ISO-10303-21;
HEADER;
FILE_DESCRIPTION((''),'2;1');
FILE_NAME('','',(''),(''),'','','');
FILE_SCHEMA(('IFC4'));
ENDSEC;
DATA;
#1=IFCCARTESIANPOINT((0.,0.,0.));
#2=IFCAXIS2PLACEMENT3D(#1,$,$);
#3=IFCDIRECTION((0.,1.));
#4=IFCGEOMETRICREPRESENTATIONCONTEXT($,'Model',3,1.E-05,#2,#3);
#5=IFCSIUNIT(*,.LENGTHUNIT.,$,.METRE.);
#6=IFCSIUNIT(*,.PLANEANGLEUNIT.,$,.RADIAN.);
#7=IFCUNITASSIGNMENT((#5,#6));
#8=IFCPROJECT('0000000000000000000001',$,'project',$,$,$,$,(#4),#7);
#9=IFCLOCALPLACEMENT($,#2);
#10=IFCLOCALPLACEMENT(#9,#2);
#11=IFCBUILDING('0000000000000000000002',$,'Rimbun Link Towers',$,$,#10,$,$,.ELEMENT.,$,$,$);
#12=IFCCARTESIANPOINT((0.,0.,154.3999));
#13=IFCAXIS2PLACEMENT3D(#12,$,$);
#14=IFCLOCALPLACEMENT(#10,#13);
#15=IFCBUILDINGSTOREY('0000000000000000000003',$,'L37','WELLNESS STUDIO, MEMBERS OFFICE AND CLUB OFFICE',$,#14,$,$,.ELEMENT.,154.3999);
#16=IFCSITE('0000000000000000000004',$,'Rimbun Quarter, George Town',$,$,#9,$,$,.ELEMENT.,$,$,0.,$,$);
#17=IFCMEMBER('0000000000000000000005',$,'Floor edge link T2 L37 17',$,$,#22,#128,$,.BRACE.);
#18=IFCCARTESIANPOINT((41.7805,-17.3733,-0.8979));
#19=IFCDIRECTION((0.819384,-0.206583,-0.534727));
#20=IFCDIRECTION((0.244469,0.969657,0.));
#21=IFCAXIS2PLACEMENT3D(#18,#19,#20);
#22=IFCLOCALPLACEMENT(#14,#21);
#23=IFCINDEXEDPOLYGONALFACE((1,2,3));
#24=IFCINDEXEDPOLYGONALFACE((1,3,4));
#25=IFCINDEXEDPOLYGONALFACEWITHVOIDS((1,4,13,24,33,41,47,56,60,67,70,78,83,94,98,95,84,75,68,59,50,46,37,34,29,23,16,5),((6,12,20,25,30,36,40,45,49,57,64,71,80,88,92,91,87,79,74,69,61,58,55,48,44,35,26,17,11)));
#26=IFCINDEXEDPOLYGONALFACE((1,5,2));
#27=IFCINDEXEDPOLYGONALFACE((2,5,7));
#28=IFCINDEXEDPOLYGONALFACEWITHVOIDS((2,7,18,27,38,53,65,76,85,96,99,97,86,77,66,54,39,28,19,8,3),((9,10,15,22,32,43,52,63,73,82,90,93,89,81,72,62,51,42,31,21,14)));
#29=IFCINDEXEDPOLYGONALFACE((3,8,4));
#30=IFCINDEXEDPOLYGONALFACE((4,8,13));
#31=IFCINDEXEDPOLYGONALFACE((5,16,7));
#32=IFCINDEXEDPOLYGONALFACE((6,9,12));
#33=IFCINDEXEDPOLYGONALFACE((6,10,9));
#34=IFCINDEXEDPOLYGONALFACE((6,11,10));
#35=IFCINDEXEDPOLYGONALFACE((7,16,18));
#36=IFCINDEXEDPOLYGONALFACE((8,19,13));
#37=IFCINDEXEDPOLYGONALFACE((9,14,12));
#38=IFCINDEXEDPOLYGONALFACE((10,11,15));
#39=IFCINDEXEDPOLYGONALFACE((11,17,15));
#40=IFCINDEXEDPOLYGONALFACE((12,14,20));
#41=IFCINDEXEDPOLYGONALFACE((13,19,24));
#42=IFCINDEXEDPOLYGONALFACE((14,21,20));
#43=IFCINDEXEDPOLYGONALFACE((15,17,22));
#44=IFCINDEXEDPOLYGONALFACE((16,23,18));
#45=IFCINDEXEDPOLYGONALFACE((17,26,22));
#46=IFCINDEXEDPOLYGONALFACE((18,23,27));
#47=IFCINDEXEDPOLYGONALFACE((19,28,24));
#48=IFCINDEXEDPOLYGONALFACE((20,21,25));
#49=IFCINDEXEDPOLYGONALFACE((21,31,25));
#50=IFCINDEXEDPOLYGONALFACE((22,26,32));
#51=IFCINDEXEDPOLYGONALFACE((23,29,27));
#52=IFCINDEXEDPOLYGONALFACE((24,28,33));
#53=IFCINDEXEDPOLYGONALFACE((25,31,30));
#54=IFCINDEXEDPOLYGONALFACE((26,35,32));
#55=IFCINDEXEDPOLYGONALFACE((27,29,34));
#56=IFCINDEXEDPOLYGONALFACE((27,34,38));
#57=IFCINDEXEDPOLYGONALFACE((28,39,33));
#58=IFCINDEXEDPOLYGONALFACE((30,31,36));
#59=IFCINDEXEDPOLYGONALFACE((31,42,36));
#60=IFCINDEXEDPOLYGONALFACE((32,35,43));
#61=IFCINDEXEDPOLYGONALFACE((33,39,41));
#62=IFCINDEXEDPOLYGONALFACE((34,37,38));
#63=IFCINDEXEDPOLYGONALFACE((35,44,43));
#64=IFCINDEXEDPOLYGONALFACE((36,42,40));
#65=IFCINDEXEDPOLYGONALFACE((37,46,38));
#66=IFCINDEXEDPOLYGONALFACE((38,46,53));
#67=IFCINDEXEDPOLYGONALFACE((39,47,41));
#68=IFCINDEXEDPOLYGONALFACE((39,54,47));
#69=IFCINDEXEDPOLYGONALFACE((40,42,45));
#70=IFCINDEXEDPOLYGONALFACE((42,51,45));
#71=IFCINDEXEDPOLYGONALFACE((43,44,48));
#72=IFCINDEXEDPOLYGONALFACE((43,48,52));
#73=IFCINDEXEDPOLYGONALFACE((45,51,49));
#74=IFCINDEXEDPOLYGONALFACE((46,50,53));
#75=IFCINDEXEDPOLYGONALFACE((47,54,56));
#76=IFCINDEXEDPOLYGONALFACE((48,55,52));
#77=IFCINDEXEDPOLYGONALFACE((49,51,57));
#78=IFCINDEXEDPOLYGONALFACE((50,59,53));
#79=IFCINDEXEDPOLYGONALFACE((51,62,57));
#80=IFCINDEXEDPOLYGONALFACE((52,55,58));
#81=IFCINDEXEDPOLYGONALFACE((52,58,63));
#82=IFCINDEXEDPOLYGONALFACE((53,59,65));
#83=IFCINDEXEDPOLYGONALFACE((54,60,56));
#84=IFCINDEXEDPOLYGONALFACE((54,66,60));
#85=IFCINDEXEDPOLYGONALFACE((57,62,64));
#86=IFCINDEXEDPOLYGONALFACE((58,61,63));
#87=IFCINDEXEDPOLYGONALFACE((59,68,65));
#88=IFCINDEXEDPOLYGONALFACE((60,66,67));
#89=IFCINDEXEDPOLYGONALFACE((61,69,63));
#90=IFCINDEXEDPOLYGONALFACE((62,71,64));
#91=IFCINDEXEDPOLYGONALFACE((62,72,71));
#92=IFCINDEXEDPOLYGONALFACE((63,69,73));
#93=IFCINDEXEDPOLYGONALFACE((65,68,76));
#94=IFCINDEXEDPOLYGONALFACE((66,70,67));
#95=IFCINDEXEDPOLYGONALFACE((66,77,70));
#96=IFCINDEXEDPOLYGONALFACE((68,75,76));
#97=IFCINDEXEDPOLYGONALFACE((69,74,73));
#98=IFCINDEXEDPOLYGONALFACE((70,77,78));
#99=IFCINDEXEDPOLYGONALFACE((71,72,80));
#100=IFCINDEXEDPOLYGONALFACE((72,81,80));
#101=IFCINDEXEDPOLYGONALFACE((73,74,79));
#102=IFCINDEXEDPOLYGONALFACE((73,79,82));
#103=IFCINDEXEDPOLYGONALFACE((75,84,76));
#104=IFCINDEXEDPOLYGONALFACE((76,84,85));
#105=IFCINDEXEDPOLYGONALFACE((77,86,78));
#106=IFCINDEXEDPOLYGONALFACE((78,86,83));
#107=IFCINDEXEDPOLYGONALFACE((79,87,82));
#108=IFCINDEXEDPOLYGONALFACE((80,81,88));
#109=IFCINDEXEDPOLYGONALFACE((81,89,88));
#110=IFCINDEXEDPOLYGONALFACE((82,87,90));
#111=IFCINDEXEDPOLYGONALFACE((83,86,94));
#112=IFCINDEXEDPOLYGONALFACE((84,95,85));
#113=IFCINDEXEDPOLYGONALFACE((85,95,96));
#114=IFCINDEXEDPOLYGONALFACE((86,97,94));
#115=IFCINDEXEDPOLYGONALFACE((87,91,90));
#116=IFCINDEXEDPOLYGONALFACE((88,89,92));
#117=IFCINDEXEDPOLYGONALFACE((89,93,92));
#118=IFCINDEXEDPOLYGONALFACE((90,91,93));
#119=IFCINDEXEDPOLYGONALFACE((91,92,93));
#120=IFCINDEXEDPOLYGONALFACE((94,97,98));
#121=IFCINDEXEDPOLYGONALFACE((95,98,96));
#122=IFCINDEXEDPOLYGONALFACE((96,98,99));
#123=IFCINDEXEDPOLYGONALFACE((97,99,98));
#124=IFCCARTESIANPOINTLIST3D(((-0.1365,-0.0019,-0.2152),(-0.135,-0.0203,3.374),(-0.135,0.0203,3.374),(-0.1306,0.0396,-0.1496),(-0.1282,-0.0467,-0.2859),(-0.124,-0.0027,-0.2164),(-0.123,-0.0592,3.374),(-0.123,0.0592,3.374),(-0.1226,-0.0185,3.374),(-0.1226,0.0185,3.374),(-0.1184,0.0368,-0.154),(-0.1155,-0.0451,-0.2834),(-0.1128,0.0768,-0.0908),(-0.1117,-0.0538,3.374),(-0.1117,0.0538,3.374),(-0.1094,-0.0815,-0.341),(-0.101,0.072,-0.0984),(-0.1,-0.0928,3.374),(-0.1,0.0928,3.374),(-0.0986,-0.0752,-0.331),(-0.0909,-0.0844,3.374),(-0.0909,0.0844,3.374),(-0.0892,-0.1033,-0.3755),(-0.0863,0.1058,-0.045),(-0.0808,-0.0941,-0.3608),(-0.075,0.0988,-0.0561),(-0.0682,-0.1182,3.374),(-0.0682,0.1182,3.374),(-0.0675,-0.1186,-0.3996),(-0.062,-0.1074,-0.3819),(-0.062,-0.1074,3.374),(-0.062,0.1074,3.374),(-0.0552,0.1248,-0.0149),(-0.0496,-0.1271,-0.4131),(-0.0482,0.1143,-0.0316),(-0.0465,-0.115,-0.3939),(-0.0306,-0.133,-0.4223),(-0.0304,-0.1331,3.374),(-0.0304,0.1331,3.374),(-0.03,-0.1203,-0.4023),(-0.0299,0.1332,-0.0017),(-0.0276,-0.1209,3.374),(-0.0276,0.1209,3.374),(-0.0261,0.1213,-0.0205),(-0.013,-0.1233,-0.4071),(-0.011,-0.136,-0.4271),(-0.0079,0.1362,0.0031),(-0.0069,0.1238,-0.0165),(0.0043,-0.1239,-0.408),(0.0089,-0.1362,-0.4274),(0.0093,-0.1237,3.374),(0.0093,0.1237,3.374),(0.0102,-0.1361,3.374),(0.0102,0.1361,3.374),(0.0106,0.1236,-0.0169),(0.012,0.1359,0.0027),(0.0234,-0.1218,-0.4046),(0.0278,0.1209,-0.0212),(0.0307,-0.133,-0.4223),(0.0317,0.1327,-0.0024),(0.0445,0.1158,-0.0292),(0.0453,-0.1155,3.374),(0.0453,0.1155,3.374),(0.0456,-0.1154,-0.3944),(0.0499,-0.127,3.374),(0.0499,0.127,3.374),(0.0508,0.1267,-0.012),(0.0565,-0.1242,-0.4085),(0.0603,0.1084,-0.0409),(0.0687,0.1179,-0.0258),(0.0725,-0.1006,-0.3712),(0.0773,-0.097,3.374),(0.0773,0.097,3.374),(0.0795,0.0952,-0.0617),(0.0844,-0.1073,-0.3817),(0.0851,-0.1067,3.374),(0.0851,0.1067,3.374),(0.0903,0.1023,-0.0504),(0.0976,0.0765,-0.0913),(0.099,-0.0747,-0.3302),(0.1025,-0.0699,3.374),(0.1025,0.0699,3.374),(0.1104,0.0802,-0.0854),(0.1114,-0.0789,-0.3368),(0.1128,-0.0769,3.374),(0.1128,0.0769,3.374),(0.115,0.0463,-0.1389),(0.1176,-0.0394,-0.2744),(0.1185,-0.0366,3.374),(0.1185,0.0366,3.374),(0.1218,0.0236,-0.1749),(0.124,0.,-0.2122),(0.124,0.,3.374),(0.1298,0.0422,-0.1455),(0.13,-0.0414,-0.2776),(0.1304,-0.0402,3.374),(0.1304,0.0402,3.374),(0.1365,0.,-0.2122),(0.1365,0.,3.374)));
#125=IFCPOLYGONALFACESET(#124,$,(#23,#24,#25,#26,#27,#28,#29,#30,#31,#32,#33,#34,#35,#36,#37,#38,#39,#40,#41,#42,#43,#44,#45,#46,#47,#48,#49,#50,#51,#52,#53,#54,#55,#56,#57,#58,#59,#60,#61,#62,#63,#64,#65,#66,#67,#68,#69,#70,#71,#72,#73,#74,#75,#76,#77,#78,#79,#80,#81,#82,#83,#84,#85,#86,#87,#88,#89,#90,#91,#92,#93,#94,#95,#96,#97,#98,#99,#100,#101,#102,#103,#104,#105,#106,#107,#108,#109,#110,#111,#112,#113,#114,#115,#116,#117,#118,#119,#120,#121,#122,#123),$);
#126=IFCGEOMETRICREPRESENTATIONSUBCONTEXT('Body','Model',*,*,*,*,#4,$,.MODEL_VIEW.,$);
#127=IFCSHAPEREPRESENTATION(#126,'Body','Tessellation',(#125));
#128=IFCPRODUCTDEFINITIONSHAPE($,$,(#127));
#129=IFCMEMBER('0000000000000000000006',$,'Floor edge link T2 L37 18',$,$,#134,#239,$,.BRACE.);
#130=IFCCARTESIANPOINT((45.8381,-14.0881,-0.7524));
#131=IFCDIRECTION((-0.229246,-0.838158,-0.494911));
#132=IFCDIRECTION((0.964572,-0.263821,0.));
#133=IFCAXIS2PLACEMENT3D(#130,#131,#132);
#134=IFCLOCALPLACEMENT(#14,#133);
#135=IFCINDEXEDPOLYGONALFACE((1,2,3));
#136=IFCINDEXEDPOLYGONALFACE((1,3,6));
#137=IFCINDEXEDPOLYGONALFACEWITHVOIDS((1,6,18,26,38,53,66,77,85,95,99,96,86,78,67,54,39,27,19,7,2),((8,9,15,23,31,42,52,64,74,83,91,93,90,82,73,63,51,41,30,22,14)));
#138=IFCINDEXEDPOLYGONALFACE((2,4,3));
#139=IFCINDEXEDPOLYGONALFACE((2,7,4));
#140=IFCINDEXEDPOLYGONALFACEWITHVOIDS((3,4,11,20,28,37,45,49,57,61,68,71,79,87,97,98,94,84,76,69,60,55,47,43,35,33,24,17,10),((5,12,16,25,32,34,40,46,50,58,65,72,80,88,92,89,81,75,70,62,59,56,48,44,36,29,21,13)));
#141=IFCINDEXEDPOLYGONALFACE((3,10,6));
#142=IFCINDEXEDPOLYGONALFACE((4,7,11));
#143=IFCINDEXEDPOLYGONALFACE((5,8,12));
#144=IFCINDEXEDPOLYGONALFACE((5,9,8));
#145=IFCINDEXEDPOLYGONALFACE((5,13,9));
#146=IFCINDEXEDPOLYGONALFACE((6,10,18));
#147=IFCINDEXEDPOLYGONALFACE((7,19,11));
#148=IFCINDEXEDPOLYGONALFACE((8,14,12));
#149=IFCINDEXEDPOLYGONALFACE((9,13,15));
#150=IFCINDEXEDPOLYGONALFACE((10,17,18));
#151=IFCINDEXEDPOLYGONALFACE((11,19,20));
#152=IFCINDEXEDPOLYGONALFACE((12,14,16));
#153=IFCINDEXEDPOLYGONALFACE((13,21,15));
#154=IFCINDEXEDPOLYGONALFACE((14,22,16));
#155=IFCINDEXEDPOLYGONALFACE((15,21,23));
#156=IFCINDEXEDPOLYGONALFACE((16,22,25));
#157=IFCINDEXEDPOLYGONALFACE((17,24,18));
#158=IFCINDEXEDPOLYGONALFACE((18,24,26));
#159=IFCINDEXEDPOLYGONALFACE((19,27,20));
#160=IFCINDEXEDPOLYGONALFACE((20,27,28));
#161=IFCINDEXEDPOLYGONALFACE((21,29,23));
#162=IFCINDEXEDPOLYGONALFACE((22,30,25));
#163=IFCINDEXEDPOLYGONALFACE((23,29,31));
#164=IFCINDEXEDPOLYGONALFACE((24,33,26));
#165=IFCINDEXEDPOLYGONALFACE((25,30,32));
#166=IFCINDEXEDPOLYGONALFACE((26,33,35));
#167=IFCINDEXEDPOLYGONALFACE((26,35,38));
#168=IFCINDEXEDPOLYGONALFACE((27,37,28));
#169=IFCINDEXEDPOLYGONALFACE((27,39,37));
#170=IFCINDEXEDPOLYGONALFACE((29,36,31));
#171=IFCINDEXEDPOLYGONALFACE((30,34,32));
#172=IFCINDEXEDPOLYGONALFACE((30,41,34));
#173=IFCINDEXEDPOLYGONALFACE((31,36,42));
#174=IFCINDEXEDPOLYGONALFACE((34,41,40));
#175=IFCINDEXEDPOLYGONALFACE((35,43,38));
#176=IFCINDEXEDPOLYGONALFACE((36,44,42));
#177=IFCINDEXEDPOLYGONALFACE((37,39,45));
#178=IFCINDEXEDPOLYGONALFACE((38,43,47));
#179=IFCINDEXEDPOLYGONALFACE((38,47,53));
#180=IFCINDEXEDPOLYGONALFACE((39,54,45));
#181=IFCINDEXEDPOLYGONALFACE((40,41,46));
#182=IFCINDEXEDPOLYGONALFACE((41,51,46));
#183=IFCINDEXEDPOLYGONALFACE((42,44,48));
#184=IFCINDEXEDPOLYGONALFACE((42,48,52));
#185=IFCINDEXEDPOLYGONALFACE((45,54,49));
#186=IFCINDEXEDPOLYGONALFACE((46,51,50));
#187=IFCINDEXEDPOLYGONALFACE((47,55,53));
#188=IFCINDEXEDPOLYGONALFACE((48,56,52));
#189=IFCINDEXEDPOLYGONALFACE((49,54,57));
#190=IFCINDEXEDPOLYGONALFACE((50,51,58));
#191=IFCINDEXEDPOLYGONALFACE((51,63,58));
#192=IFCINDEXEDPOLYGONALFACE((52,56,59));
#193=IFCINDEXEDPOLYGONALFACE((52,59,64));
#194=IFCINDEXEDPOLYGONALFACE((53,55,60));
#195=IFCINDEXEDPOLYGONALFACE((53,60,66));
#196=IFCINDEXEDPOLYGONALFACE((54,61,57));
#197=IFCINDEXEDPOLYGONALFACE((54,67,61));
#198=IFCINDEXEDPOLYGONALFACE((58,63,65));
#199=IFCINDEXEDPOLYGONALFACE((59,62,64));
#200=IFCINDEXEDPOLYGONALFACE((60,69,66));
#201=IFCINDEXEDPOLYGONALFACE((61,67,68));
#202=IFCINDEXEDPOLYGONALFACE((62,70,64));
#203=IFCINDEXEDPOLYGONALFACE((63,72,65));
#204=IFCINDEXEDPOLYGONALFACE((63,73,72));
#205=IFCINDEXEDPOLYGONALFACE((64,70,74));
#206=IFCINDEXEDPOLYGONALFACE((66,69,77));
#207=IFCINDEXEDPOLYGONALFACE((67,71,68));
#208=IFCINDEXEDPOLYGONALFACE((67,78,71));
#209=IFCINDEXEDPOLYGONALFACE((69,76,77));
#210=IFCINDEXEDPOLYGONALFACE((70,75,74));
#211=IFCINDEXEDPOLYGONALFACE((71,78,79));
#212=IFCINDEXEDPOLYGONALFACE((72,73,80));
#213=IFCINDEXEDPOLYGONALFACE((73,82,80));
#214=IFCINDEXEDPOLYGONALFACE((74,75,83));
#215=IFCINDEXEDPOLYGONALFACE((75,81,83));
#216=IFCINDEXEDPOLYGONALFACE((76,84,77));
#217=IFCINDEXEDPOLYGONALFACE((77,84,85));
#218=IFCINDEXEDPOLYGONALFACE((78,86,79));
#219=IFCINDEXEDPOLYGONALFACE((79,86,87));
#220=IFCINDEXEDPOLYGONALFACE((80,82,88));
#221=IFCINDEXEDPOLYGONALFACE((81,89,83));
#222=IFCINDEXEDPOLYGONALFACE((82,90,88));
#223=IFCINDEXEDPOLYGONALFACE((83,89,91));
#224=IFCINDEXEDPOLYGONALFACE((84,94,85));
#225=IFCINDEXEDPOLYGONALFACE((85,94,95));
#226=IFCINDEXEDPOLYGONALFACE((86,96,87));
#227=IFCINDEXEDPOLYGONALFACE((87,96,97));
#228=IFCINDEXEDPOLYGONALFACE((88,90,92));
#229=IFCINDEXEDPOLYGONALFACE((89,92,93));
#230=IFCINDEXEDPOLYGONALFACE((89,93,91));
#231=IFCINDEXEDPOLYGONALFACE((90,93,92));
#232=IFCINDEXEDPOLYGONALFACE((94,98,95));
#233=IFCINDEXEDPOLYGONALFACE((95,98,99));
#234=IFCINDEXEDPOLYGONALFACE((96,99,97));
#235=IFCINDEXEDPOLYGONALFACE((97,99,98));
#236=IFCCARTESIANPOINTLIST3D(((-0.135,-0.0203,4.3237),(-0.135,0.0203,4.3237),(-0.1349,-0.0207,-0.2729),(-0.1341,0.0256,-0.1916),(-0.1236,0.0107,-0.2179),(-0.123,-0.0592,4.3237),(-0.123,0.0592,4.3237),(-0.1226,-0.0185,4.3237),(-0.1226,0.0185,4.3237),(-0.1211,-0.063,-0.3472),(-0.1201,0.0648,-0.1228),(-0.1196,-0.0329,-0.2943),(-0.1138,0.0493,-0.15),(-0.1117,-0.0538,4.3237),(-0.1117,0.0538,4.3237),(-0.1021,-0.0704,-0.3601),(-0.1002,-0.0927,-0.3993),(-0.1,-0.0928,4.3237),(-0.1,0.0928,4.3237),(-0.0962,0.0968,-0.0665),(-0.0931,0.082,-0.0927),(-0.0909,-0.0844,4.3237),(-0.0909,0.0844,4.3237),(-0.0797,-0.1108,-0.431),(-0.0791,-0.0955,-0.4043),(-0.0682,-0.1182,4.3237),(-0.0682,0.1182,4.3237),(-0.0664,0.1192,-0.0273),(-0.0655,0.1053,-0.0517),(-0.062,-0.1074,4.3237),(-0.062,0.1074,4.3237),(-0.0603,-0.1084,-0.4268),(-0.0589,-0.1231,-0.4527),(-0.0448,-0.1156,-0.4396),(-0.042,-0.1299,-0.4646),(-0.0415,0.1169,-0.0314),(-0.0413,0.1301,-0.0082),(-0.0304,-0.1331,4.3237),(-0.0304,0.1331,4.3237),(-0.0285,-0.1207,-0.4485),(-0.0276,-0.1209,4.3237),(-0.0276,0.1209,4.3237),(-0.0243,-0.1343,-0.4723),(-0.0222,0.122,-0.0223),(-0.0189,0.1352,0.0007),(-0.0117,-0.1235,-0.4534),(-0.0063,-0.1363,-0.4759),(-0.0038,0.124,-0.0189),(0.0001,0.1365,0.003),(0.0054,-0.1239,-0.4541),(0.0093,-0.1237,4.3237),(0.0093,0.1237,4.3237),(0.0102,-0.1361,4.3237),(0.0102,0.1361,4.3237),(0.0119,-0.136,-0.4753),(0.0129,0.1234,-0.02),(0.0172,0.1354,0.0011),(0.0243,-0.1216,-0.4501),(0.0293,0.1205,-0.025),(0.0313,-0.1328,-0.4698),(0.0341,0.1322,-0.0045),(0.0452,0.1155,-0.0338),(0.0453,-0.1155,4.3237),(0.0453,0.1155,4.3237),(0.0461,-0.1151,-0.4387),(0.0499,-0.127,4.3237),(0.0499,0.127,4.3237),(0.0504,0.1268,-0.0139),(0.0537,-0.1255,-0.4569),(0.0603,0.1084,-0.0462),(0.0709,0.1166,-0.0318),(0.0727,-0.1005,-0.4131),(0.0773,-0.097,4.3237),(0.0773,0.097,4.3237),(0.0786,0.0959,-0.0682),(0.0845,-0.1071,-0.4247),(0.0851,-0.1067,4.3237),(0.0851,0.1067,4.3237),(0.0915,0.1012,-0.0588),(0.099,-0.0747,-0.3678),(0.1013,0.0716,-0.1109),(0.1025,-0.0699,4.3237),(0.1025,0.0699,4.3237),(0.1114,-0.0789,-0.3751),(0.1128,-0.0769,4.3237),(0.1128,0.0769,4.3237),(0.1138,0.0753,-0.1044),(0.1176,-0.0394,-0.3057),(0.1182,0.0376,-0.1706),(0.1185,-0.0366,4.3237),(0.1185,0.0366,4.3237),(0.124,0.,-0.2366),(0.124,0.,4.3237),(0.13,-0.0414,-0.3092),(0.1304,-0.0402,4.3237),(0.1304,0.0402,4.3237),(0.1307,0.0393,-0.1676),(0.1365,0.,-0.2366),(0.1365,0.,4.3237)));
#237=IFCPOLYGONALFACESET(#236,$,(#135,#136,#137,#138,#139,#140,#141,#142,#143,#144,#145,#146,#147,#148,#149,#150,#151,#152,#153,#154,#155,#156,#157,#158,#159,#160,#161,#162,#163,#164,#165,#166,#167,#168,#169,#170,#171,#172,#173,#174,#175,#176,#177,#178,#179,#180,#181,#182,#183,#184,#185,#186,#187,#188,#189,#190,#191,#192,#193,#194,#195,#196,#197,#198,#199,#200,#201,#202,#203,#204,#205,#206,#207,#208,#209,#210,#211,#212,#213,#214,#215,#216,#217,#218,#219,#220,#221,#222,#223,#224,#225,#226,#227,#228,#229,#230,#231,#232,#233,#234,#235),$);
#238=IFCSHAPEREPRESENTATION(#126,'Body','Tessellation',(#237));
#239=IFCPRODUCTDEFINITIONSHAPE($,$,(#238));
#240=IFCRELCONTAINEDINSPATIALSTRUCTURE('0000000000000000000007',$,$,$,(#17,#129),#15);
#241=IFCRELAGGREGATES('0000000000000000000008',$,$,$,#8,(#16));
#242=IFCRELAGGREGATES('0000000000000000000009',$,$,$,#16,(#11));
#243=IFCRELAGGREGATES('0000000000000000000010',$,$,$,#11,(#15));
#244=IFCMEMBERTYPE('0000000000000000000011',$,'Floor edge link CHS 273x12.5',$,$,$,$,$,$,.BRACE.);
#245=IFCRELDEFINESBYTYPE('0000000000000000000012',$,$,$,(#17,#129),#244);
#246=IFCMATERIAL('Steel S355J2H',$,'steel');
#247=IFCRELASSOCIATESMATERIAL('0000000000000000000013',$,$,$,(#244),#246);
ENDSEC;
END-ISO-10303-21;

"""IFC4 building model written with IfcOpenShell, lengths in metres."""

from ifc_helpers import new_model, si_unit, direction, frame, origin, origin_2d, place, context, subcontext, project, spatial, hollow_circle, extrude, clip, halfspace, material, material_profile, profile_set, type_object, element, save


model = new_model("IFC4")

# Units and contexts
model_context = context("Model", 3, precision=1e-05, world=origin(), true_north=direction((0.0, 1.0)))
body_context = subcontext(model_context, "Body", "Model", "MODEL_VIEW")
ifc_project = project(units=[si_unit("LENGTHUNIT", "METRE"), si_unit("PLANEANGLEUNIT", "RADIAN")], contexts=[model_context])

# Site, building, storey
site_placement = place(None, origin())
site = spatial("IfcSite", under=ifc_project, at=site_placement, Name="Rimbun Quarter, George Town", CompositionType="ELEMENT", RefElevation=0.0)
building_placement = place(site_placement, origin())
building = spatial("IfcBuilding", under=site, at=building_placement, Name="Rimbun Link Towers", CompositionType="ELEMENT")
storey_placement = place(building_placement, frame((0.0, 0.0, 154.3999)))
storey = spatial("IfcBuildingStorey", under=building, at=storey_placement, Name="L37", Description="WELLNESS STUDIO, MEMBERS OFFICE AND CLUB OFFICE", CompositionType="ELEMENT", Elevation=154.3999)

# Members
ifc_material_1 = material(Name="Steel S355J2H", Category="steel")
ifc_material_profile_1 = material_profile(ifc_material_1, hollow_circle(Radius=0.1365, WallThickness=0.0125, at=origin_2d()), Name="CHS 273x12.5")
ifc_profile_set_1 = profile_set([ifc_material_profile_1], Name="Steel S355J2H")
member_type_1 = type_object("IfcMemberType", Name="Floor edge link CHS 273x12.5", PredefinedType="BRACE", material=ifc_profile_set_1)
member_1_placement = place(storey_placement, frame((41.7805, -17.3733, -0.8979), z_axis=(0.819384, -0.206583, -0.534727), x_axis=(0.244469, 0.969657, 0.0)))
element("IfcMember", 1, at=member_1_placement, inside=storey, type_object=member_type_1, Name="Floor edge link T2 L37 17", PredefinedType="BRACE", context=body_context, shape_type="Clipping", body=[
    clip(extrude(hollow_circle(Radius=0.1365, WallThickness=0.0125, at=origin_2d()), frame((0.0, 0.0, -0.4502)), (0.0, 0.0, 1.0), 3.8242), halfspace(frame((0.0, 0.0, -0.2122), z_axis=(0.0, 0.845025, -0.534727)), False)),
])
member_2_placement = place(storey_placement, frame((45.8381, -14.0881, -0.7524), z_axis=(-0.229246, -0.838158, -0.494911), x_axis=(0.964572, -0.263821, 0.0)))
element("IfcMember", 2, at=member_2_placement, inside=storey, type_object=member_type_1, Name="Floor edge link T2 L37 18", PredefinedType="BRACE", context=body_context, shape_type="Clipping", body=[
    clip(extrude(hollow_circle(Radius=0.1365, WallThickness=0.0125, at=origin_2d()), frame((0.0, 0.0, -0.4995)), (0.0, 0.0, 1.0), 4.8232), halfspace(frame((0.0, 0.0, -0.2366), z_axis=(0.0, 0.868944, -0.494911)), False)),
])

save(model, "model.ifc")
